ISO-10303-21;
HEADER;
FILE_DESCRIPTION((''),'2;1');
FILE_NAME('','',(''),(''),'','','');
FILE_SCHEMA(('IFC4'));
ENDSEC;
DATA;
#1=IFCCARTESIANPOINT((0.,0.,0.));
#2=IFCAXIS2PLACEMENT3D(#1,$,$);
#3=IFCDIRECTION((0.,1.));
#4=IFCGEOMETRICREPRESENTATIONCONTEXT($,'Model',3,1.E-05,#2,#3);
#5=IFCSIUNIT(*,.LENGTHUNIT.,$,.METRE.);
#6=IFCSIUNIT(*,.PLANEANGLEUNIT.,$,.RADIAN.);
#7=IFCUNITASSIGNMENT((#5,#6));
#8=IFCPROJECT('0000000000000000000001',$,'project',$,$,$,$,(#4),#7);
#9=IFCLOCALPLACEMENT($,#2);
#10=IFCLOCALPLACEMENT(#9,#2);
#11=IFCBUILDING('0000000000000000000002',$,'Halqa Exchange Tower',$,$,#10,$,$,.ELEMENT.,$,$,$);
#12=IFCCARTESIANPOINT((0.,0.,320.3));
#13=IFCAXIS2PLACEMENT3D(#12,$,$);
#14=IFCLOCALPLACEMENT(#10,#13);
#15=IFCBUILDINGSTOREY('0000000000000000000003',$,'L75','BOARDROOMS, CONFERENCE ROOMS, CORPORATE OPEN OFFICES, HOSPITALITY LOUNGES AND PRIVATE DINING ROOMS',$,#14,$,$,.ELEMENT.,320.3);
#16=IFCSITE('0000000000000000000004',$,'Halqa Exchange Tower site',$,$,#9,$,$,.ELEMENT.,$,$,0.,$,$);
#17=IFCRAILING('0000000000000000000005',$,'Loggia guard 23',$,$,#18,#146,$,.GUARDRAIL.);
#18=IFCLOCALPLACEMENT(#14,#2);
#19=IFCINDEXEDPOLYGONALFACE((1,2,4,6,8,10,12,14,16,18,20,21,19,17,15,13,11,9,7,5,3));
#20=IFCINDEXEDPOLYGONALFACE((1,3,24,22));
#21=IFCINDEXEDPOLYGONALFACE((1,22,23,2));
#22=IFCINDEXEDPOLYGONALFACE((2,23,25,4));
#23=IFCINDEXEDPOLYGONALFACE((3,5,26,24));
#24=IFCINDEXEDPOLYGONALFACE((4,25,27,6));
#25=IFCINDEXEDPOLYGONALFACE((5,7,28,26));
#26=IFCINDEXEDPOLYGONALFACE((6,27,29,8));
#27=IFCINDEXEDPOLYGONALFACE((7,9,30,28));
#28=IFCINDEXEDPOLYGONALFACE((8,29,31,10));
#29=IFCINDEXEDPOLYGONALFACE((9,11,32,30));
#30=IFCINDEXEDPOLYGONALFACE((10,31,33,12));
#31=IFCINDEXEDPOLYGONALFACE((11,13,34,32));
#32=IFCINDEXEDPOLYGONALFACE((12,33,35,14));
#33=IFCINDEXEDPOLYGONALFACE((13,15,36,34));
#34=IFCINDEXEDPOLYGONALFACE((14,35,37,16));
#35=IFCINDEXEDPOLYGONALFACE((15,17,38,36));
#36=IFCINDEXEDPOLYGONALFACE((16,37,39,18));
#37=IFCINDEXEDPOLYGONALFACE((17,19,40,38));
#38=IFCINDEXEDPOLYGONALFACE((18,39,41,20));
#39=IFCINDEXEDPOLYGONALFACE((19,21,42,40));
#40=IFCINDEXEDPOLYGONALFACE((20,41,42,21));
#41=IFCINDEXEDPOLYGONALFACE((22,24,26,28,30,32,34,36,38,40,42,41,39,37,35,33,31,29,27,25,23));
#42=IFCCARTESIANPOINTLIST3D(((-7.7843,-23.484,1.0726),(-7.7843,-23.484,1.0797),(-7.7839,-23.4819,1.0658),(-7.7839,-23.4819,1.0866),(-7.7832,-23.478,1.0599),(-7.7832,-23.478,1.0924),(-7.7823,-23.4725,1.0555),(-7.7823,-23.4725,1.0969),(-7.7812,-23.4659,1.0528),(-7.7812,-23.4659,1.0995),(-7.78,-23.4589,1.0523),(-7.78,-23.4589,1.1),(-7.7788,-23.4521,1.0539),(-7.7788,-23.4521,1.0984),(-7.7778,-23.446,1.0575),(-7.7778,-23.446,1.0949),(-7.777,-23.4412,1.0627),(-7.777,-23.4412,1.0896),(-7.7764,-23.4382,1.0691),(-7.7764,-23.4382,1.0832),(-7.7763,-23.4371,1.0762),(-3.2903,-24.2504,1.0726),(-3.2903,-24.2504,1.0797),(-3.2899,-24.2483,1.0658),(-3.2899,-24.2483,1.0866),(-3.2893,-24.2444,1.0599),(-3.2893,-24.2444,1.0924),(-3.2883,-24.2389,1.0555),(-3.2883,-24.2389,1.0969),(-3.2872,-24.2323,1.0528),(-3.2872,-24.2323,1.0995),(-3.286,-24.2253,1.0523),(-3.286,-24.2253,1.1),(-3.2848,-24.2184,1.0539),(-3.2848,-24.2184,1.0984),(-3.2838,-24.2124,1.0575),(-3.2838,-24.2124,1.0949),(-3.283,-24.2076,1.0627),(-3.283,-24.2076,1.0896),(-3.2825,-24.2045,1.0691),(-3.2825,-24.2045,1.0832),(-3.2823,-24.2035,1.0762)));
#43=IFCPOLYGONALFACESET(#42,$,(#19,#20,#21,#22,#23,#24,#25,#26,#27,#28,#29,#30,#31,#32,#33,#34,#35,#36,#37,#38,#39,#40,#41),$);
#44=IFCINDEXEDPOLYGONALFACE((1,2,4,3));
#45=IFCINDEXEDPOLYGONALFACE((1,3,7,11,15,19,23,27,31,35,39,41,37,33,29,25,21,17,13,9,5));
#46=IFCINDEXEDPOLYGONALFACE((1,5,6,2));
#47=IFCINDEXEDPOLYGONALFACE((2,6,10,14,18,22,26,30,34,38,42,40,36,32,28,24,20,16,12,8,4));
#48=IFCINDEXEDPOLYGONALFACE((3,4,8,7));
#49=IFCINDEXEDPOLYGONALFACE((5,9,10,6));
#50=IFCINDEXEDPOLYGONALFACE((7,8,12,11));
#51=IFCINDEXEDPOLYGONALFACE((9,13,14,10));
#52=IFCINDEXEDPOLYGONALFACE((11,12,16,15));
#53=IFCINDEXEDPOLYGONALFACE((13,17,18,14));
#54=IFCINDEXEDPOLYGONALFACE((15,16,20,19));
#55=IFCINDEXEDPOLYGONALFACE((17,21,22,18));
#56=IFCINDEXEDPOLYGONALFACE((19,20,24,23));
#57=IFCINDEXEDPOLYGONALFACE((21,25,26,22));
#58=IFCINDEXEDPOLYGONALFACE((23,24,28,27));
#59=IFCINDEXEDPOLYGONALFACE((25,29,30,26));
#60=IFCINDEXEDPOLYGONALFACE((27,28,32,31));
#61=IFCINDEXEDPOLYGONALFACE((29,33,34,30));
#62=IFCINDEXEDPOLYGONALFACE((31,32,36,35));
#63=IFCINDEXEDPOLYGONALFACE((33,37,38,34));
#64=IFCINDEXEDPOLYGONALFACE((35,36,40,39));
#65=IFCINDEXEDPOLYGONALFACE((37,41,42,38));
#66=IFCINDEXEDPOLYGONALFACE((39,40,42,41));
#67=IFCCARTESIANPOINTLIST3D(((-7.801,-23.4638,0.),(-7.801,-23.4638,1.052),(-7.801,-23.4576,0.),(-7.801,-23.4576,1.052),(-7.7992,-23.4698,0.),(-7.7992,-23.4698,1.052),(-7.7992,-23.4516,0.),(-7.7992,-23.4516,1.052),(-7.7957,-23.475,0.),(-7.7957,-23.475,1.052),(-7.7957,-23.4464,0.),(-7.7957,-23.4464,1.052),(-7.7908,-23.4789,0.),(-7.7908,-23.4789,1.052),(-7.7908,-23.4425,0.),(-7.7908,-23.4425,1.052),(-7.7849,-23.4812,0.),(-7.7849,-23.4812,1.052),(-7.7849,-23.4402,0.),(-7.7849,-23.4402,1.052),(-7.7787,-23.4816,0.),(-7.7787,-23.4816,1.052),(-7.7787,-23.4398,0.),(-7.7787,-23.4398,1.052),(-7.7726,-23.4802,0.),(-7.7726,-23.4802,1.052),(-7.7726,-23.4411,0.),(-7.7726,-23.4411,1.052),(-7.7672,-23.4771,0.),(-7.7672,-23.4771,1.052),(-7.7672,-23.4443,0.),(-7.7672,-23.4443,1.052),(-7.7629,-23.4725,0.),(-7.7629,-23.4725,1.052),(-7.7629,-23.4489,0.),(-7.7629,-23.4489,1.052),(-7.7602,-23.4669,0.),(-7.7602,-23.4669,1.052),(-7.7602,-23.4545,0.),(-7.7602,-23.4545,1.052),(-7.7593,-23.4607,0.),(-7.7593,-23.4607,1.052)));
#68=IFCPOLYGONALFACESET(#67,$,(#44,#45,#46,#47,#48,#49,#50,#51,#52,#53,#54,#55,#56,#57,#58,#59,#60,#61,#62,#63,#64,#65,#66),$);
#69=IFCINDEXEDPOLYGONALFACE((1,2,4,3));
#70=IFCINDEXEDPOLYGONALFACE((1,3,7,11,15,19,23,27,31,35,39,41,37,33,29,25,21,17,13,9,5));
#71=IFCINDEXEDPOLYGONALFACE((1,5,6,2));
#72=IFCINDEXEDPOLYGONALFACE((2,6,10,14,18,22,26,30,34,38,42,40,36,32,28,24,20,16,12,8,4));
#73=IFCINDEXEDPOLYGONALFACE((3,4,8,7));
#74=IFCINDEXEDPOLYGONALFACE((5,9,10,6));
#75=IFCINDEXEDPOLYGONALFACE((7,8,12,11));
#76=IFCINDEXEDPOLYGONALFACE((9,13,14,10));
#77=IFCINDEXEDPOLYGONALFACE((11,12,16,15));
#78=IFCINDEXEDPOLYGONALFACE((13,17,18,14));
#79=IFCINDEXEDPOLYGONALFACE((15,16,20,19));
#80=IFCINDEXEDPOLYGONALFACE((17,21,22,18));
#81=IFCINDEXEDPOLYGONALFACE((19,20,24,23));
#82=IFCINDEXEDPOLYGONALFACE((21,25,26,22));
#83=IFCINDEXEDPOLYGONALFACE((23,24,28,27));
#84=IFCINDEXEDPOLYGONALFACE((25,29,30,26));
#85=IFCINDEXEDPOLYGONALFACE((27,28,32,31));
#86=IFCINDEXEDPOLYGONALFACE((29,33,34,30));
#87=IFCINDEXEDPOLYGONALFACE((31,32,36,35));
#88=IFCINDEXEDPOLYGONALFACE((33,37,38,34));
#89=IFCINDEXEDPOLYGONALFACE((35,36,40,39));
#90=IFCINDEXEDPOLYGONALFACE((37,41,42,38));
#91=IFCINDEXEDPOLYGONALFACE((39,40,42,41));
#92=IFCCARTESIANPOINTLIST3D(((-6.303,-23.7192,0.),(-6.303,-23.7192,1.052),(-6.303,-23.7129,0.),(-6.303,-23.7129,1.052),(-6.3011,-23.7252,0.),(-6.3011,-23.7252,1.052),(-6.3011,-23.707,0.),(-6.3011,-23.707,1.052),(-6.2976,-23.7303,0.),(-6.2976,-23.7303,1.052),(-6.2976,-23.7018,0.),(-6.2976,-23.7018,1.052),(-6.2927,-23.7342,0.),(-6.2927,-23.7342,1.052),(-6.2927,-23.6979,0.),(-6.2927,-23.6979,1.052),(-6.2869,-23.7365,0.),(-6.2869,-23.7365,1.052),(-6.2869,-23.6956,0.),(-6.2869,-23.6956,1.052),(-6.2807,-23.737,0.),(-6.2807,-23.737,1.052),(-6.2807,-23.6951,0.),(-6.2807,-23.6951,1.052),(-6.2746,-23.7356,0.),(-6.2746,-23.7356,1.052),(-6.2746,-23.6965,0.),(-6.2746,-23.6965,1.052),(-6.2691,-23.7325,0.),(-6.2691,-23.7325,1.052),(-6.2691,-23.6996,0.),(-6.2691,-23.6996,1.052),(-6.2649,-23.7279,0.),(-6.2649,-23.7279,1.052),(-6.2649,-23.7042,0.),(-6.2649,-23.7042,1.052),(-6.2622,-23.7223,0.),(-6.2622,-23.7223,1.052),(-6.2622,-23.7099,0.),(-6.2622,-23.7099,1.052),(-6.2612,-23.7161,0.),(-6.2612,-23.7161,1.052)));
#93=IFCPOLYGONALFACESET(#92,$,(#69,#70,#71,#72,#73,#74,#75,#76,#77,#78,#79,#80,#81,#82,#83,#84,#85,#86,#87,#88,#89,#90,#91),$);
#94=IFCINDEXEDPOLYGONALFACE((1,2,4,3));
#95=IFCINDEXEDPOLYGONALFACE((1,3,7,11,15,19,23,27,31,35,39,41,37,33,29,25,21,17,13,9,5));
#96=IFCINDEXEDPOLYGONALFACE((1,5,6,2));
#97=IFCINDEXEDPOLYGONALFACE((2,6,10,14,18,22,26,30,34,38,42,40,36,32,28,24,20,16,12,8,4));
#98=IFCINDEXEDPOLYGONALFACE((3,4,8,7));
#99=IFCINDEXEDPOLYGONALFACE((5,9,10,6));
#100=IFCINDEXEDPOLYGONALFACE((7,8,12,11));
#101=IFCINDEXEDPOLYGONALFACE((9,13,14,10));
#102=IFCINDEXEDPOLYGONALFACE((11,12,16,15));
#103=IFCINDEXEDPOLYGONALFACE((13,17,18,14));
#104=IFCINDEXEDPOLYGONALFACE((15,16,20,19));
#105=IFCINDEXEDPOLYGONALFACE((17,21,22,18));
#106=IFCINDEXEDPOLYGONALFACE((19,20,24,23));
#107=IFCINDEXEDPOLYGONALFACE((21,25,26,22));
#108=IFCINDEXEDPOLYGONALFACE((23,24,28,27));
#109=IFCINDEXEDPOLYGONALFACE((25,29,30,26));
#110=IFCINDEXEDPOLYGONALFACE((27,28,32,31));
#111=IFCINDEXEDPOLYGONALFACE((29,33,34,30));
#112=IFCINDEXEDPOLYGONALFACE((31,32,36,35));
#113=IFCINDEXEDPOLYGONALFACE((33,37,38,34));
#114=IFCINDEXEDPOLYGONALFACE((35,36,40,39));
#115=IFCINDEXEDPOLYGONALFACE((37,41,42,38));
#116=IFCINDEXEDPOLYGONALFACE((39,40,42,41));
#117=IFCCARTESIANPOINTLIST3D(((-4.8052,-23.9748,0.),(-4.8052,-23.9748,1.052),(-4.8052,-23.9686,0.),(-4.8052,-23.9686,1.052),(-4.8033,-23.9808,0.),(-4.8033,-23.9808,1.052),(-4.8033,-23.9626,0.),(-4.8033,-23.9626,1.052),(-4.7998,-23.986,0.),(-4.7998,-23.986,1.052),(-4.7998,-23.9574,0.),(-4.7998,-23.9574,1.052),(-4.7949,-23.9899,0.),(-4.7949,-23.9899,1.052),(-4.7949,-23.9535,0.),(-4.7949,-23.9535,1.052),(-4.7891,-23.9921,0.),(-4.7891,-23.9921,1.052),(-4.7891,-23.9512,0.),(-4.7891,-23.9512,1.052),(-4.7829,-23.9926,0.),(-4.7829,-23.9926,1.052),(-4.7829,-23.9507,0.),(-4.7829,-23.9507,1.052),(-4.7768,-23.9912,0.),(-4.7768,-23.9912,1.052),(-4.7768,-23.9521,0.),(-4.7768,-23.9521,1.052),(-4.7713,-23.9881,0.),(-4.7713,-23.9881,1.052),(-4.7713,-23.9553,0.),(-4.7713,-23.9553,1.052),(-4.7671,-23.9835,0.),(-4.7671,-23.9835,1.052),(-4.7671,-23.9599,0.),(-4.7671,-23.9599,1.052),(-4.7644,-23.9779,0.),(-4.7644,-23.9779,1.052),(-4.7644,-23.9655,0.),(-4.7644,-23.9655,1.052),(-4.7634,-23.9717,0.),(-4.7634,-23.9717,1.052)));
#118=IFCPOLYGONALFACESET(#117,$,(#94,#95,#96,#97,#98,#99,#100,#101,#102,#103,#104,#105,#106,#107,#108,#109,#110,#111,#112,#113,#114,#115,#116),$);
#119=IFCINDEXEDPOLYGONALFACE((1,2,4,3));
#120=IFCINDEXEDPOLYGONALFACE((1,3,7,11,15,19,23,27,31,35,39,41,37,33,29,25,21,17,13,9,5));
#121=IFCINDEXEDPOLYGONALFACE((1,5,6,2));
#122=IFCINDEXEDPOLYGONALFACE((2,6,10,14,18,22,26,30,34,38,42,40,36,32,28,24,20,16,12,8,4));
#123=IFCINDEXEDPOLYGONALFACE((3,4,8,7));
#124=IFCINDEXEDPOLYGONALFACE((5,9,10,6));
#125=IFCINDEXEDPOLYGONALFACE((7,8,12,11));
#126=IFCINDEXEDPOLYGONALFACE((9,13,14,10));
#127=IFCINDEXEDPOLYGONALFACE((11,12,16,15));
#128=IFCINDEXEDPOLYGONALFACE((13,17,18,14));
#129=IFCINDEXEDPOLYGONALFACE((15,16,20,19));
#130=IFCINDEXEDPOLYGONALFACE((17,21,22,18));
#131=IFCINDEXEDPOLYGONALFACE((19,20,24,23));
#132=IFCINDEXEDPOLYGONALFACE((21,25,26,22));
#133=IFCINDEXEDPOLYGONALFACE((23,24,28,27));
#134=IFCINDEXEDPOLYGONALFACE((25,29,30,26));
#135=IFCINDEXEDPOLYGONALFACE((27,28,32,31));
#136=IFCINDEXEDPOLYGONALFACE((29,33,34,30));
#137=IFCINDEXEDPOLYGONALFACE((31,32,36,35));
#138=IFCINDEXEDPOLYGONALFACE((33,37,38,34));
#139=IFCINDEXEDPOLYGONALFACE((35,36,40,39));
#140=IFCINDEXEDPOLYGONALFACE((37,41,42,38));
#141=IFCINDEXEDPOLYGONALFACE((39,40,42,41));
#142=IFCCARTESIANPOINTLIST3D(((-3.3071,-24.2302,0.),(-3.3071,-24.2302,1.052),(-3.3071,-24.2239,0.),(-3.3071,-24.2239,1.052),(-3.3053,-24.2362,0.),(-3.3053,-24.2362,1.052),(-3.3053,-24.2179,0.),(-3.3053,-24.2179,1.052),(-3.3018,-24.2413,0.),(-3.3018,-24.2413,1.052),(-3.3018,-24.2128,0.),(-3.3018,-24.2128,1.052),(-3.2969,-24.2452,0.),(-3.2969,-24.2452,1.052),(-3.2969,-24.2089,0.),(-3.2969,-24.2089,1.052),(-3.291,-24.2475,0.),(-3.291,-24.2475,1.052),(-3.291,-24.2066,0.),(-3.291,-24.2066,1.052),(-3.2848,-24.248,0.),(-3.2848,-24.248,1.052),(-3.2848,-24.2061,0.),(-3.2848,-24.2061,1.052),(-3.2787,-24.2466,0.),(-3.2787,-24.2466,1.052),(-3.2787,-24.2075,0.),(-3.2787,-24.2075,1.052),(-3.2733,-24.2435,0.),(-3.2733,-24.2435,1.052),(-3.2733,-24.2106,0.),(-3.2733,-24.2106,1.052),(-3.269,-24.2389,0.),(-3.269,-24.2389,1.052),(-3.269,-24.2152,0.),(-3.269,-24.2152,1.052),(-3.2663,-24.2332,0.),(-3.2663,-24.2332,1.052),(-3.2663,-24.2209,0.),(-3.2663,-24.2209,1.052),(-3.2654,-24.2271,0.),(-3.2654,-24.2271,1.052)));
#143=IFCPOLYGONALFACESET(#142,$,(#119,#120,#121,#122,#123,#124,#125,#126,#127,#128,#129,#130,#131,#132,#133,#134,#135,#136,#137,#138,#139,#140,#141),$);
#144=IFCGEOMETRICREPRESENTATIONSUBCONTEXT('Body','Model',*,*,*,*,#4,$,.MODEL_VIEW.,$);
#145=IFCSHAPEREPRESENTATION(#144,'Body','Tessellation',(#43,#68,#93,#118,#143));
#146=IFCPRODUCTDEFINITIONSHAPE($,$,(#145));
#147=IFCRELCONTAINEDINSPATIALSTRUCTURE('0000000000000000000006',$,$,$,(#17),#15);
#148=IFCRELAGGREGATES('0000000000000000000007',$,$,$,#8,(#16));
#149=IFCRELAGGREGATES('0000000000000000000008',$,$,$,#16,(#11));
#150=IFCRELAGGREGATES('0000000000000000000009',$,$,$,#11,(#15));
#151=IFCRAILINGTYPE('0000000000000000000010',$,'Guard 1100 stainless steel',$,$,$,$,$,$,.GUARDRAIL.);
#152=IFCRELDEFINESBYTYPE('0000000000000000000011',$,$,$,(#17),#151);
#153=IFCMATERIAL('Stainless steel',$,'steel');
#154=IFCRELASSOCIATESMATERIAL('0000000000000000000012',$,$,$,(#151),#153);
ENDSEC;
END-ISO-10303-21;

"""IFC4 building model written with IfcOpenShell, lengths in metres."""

from ifc_helpers import new_model, si_unit, direction, frame, origin, origin_2d, place, context, subcontext, project, spatial, circle, extrude, material, type_object, element, save


model = new_model("IFC4")

# Units and contexts
model_context = context("Model", 3, precision=1e-05, world=origin(), true_north=direction((0.0, 1.0)))
body_context = subcontext(model_context, "Body", "Model", "MODEL_VIEW")
ifc_project = project(units=[si_unit("LENGTHUNIT", "METRE"), si_unit("PLANEANGLEUNIT", "RADIAN")], contexts=[model_context])

# Site, building, storey
site_placement = place(None, origin())
site = spatial("IfcSite", under=ifc_project, at=site_placement, Name="Halqa Exchange Tower site", CompositionType="ELEMENT", RefElevation=0.0)
building_placement = place(site_placement, origin())
building = spatial("IfcBuilding", under=site, at=building_placement, Name="Halqa Exchange Tower", CompositionType="ELEMENT")
storey_placement = place(building_placement, frame((0.0, 0.0, 320.3)))
storey = spatial("IfcBuildingStorey", under=building, at=storey_placement, Name="L75", Description="BOARDROOMS, CONFERENCE ROOMS, CORPORATE OPEN OFFICES, HOSPITALITY LOUNGES AND PRIVATE DINING ROOMS", CompositionType="ELEMENT", Elevation=320.3)

# Railing
ifc_material_1 = material(Name="Stainless steel", Category="steel")
railing_type = type_object("IfcRailingType", Name="Guard 1100 stainless steel", PredefinedType="GUARDRAIL", material=ifc_material_1)
railing_1_placement = place(storey_placement, frame((-7.7803, -23.4607, 0.0)))
element("IfcRailing", 1, at=railing_1_placement, inside=storey, type_object=railing_type, Name="Loggia guard 23", PredefinedType="GUARDRAIL", context=body_context, shape_type="SweptSolid", body=[
    extrude(circle(Radius=0.0239, at=origin_2d()), frame((0.0, 0.0, 1.0762), z_axis=(0.985769, -0.168106, 0.0), x_axis=(0.168106, 0.985769, 0.0)), (0.0, 0.0, 1.0), 4.5588),
    extrude(circle(Radius=0.021, at=origin_2d()), origin(), (0.0, 0.0, 1.0), 1.052),
    extrude(circle(Radius=0.021, at=origin_2d()), frame((1.498, -0.2554, 0.0)), (0.0, 0.0, 1.0), 1.052),
    extrude(circle(Radius=0.021, at=origin_2d()), frame((2.9958, -0.511, 0.0)), (0.0, 0.0, 1.0), 1.052),
    extrude(circle(Radius=0.021, at=origin_2d()), frame((4.4939, -0.7664, 0.0)), (0.0, 0.0, 1.0), 1.052),
])

save(model, "model.ifc")
